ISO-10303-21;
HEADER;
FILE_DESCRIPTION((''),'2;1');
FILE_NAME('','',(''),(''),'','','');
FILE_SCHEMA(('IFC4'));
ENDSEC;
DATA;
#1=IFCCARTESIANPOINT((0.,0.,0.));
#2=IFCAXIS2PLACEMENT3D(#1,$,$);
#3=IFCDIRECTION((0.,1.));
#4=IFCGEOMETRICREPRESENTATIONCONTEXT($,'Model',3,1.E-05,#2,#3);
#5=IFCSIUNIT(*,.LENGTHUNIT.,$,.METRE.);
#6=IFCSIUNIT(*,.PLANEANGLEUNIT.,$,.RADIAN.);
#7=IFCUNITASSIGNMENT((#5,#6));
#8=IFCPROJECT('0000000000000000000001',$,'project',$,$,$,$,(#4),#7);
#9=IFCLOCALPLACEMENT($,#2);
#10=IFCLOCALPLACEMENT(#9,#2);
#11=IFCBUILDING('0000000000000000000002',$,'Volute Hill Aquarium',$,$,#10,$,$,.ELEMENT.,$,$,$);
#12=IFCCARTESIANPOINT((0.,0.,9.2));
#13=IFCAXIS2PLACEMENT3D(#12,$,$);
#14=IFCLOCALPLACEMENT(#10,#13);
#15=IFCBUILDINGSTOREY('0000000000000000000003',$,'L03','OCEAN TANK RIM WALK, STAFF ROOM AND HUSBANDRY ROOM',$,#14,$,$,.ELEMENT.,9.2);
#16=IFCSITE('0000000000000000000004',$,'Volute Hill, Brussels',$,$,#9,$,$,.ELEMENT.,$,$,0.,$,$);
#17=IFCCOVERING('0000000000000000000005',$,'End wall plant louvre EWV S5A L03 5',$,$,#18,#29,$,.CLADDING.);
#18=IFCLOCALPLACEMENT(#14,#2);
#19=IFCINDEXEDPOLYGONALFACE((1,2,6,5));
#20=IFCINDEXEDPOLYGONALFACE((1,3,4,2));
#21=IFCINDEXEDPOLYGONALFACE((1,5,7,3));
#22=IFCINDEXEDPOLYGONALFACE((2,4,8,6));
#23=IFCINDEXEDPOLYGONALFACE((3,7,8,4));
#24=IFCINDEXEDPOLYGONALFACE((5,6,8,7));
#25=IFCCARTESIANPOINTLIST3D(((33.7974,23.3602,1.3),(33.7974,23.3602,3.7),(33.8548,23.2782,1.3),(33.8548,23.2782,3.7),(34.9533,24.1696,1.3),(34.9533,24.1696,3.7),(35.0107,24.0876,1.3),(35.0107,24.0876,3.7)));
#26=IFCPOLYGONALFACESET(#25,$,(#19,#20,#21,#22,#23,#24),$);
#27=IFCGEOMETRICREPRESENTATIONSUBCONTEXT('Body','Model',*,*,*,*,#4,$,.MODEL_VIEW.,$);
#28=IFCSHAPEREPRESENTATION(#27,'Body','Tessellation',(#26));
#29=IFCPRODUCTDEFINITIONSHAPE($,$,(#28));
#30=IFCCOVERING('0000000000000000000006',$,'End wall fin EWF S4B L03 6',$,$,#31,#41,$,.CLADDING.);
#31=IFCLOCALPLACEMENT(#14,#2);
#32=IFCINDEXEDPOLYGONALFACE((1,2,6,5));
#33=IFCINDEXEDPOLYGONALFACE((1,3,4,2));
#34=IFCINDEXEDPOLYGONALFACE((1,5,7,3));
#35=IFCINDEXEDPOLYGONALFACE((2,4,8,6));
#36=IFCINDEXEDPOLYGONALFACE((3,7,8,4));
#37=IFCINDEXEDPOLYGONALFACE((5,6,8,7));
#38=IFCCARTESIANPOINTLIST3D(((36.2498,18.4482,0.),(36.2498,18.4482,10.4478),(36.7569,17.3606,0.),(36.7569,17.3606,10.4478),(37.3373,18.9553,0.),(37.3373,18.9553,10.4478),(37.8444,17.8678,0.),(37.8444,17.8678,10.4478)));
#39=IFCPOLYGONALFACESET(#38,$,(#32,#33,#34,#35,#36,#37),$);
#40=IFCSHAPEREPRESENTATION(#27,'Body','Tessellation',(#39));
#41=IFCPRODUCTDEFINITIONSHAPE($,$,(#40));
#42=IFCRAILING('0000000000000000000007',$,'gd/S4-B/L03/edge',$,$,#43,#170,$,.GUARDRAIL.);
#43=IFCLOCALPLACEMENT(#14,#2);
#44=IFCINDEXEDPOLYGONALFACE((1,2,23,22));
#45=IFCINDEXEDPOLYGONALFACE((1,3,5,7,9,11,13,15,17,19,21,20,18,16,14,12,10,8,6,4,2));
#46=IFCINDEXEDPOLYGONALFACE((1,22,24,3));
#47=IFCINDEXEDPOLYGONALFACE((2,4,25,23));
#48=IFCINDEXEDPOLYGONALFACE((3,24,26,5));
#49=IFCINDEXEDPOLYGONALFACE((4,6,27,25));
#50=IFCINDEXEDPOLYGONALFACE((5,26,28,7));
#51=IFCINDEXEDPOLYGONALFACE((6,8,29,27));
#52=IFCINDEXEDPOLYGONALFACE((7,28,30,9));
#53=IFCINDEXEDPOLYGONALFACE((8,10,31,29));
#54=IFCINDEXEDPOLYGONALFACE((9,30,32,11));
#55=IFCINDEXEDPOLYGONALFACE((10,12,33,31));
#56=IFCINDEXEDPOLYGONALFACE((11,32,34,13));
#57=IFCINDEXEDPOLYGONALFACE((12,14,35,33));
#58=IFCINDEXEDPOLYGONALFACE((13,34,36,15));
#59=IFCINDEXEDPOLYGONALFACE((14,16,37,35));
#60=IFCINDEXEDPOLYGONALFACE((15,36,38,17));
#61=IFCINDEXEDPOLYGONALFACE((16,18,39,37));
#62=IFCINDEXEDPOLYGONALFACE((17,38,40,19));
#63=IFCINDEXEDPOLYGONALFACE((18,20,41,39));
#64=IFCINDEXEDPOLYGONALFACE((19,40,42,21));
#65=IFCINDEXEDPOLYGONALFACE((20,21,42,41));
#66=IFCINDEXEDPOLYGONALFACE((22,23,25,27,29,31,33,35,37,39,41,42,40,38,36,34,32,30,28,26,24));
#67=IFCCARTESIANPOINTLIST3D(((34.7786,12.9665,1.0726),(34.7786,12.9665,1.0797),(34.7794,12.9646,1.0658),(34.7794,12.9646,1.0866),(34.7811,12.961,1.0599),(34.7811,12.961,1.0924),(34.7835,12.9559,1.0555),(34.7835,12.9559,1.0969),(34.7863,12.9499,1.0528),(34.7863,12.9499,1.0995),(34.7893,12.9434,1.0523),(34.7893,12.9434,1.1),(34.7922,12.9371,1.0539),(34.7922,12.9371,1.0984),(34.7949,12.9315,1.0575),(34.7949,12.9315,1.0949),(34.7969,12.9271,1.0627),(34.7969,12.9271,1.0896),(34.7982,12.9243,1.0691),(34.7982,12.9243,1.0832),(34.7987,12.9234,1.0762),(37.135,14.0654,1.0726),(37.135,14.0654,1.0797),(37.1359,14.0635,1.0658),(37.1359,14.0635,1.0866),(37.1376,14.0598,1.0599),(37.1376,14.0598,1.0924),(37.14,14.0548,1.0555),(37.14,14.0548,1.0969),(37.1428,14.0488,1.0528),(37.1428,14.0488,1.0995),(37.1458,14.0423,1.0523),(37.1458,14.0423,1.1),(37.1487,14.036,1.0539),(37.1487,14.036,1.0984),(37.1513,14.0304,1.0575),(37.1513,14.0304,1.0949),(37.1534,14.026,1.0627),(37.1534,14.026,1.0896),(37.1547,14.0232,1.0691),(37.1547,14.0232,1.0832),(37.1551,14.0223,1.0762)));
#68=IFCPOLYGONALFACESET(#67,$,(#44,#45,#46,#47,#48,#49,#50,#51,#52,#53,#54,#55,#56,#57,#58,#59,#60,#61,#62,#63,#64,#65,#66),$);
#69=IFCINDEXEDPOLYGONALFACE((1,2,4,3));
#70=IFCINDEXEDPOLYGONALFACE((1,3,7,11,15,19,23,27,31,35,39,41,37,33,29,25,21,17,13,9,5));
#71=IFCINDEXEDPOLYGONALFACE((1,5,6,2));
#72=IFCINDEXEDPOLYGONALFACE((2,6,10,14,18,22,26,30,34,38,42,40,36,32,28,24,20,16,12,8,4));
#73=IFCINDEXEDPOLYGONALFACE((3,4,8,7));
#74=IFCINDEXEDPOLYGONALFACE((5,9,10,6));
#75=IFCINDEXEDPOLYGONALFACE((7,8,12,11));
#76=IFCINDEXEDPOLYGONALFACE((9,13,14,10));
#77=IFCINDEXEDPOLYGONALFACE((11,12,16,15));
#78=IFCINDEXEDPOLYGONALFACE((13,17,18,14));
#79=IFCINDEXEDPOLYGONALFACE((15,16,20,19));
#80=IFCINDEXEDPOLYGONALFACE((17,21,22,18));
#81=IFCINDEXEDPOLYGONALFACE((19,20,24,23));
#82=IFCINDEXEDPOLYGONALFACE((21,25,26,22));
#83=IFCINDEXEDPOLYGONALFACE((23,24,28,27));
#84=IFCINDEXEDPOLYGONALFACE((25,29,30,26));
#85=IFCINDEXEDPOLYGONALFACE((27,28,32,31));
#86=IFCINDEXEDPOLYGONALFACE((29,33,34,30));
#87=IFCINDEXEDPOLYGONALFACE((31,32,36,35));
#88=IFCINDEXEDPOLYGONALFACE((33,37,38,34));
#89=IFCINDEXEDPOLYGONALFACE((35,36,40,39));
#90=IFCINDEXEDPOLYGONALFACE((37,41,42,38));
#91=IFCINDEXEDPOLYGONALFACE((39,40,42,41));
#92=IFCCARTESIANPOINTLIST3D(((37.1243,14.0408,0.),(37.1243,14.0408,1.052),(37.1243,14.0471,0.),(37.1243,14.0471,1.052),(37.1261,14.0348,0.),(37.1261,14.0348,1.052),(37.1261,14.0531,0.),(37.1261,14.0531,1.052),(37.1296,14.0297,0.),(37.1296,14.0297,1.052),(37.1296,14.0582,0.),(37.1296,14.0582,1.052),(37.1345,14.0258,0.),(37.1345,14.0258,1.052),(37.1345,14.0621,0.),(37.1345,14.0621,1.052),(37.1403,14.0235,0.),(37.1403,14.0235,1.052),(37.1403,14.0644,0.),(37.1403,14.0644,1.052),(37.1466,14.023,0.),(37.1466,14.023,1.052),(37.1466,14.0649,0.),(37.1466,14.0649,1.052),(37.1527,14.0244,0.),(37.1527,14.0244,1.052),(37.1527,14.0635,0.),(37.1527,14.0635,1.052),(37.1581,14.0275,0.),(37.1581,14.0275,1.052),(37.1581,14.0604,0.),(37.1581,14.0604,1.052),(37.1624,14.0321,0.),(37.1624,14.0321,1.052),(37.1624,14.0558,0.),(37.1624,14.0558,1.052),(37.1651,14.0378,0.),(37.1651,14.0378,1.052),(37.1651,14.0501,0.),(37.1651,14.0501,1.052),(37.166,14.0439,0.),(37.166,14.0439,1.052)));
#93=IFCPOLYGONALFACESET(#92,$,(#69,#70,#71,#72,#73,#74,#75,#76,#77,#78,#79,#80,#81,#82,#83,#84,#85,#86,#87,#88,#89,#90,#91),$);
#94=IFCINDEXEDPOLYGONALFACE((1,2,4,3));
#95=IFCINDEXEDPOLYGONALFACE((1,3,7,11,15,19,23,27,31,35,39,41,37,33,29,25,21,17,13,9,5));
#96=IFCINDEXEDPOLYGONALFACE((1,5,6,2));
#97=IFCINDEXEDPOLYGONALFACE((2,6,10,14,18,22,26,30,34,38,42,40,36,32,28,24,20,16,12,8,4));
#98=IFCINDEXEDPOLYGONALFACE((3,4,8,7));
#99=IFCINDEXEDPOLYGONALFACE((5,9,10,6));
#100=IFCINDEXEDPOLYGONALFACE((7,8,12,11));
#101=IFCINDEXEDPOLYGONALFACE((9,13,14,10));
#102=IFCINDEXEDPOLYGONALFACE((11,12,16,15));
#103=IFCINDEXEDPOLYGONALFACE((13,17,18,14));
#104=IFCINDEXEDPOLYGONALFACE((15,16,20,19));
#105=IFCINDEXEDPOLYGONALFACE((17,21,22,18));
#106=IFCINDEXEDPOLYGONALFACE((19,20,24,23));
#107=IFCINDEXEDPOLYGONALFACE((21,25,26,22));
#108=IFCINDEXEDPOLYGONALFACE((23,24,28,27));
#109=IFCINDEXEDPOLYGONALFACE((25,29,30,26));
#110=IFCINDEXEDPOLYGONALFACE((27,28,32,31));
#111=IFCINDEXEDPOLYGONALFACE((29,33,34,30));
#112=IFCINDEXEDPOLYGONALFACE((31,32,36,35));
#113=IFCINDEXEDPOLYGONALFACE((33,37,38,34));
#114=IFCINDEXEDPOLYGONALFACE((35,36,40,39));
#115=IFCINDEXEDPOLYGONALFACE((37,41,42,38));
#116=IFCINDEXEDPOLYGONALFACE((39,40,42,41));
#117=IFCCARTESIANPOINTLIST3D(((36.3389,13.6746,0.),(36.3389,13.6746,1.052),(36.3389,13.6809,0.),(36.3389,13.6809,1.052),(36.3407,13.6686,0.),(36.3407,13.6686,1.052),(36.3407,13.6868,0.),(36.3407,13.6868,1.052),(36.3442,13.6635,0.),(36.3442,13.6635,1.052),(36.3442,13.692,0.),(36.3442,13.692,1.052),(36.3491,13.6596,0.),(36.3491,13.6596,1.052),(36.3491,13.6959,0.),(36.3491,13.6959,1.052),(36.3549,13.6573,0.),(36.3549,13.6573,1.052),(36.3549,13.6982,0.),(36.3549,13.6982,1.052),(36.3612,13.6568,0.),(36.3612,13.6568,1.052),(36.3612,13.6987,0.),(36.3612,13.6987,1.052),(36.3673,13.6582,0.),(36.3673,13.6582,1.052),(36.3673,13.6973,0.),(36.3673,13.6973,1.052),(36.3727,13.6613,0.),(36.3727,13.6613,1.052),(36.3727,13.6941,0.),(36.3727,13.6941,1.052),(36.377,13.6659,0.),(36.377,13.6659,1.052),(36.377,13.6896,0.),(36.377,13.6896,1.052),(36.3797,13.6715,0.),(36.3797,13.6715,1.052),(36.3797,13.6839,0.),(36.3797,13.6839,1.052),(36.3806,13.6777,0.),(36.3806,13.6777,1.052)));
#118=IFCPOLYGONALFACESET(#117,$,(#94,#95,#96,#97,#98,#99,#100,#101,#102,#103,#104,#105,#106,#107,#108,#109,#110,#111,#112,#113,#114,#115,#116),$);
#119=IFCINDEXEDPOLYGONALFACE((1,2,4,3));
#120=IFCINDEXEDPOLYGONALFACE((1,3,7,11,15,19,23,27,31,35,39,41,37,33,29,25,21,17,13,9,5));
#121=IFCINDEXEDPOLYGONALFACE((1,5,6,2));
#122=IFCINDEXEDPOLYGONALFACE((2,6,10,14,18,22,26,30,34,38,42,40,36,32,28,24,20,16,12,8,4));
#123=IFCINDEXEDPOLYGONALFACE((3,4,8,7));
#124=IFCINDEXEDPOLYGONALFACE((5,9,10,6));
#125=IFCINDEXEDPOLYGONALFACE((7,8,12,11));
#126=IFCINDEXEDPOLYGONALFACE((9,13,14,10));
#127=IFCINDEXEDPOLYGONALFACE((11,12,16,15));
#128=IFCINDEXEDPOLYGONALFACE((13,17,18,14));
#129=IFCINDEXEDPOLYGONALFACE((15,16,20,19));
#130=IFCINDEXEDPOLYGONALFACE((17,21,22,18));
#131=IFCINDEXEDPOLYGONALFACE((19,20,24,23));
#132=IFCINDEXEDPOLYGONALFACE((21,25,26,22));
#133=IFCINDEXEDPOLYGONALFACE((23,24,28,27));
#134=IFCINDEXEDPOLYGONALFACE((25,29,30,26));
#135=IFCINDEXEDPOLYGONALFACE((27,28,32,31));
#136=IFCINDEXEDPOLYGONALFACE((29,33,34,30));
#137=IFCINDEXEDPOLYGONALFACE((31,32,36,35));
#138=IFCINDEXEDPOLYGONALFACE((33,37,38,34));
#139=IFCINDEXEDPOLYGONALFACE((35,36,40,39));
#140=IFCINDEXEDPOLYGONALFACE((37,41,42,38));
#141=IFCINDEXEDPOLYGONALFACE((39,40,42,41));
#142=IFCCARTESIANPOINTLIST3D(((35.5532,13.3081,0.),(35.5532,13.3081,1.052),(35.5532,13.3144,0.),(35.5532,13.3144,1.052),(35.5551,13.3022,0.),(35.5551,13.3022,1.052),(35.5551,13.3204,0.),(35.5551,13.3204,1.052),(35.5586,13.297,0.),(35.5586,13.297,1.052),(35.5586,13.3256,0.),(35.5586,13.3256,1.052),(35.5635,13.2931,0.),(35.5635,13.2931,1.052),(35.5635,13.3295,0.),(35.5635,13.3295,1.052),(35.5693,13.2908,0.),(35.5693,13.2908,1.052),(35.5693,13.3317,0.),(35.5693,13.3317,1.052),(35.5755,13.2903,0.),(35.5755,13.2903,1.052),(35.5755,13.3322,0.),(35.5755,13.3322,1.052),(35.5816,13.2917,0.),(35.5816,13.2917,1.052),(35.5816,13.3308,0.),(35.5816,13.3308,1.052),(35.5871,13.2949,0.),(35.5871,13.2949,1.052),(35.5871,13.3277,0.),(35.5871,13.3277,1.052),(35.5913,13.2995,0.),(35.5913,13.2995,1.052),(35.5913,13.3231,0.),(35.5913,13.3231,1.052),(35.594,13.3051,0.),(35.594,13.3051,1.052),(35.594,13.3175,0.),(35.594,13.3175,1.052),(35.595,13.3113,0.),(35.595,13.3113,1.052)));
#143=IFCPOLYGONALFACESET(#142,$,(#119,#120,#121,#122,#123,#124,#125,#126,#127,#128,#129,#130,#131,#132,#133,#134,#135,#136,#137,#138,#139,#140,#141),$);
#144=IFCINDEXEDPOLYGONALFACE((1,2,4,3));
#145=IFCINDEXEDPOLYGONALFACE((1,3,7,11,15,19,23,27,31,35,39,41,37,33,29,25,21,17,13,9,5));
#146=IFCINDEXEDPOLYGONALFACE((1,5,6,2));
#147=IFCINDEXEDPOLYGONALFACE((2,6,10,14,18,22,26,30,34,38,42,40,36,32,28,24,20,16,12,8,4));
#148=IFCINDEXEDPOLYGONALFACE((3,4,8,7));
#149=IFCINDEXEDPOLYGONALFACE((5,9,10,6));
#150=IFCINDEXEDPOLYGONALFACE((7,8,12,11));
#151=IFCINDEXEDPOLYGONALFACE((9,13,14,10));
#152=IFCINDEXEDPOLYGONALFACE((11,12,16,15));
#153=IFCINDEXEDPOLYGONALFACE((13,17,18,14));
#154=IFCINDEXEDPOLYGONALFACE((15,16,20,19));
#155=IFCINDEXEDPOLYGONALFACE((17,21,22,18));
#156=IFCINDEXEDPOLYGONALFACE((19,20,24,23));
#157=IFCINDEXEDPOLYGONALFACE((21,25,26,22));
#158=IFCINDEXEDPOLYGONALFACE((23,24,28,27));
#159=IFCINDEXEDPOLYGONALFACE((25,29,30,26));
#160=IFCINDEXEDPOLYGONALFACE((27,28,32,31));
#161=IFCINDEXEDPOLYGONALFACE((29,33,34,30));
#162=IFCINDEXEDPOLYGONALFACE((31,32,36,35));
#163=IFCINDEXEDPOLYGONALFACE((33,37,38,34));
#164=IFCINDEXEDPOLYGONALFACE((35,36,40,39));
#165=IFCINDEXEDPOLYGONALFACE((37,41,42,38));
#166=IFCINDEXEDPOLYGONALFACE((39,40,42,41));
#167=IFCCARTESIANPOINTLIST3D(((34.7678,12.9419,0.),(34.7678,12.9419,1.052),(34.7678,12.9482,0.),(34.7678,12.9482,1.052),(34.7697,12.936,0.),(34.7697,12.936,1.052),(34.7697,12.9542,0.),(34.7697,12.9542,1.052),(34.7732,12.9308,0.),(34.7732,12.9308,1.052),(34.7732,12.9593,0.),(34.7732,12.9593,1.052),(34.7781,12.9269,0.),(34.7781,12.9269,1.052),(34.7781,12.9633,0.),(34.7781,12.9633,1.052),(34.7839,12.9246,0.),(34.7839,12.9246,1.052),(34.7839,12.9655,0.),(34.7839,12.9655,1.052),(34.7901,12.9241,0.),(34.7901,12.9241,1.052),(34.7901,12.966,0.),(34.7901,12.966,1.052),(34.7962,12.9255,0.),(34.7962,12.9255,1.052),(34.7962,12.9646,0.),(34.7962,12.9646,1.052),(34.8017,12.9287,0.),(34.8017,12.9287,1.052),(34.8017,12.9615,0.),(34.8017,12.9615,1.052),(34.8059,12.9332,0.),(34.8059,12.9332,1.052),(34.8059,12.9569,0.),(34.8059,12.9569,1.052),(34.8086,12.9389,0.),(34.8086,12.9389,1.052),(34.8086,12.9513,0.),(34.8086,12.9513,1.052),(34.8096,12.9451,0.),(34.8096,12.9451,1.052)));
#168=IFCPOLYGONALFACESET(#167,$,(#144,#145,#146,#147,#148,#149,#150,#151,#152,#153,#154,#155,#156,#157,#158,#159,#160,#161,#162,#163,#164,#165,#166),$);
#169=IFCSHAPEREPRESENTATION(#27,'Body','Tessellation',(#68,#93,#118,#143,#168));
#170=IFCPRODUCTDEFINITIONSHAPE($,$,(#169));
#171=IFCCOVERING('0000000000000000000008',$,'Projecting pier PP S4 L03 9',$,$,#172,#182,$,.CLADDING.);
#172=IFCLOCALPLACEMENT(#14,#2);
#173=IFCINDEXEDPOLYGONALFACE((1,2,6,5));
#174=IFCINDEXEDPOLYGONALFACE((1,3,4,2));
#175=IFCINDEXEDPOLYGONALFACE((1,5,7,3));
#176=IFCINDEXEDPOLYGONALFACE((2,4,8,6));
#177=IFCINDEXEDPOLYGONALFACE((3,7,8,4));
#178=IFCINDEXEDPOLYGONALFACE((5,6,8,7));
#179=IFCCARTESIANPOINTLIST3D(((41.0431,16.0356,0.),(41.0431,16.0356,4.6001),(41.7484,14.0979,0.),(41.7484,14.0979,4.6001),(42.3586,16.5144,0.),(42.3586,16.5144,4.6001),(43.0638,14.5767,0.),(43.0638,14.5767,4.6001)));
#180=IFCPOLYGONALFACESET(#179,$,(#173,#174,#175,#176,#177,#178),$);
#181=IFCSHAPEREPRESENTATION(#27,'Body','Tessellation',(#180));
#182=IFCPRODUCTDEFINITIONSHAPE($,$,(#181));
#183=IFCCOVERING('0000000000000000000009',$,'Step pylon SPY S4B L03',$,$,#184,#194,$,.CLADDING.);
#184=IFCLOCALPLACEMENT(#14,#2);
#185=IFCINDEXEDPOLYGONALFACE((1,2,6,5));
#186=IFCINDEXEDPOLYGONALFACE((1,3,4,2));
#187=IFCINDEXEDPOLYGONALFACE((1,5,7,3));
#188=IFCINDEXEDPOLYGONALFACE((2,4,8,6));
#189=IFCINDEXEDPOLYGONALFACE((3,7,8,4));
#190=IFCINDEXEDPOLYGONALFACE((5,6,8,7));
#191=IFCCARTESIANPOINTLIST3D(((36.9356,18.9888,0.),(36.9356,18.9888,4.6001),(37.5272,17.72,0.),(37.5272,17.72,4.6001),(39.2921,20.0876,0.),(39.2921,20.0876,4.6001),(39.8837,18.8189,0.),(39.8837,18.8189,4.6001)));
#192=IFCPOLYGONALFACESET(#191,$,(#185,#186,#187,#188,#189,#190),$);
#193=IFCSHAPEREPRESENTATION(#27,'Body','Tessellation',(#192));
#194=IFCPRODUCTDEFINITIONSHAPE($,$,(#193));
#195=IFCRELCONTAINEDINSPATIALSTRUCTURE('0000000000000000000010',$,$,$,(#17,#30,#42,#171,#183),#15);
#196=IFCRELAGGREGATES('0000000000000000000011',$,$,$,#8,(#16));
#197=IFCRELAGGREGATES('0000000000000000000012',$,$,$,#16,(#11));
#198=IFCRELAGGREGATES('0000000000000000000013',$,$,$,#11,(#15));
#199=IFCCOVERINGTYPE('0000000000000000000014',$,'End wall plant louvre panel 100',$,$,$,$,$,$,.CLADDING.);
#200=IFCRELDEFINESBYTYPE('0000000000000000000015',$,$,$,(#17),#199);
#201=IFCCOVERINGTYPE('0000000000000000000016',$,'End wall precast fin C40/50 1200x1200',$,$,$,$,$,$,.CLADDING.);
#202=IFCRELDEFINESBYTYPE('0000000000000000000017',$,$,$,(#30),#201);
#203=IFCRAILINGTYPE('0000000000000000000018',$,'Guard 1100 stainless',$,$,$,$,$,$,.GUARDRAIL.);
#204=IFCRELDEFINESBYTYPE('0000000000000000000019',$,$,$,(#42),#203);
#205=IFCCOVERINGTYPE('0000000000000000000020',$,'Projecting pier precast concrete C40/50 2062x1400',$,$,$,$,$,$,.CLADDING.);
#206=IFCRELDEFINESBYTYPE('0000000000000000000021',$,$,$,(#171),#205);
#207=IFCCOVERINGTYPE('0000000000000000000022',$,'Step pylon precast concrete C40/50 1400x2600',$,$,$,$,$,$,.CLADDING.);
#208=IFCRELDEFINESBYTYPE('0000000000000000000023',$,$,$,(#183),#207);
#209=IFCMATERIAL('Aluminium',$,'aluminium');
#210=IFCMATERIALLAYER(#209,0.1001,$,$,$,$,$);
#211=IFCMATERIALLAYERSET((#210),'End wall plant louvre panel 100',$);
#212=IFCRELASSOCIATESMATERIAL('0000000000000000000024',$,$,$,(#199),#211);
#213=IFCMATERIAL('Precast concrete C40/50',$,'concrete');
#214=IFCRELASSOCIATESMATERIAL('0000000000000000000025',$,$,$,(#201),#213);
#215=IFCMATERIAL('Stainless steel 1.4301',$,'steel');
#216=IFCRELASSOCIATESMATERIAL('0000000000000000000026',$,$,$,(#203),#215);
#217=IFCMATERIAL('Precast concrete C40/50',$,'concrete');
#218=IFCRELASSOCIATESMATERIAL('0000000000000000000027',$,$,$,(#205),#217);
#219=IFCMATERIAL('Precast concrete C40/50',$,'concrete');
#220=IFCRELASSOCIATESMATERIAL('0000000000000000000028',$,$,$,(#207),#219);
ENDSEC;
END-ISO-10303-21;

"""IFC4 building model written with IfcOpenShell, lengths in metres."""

from ifc_helpers import new_model, si_unit, direction, frame, origin, origin_2d, place, context, subcontext, project, spatial, rectangle, circle, extrude, material, layer, layer_set, type_object, element, save


model = new_model("IFC4")

# Units and contexts
model_context = context("Model", 3, precision=1e-05, world=origin(), true_north=direction((0.0, 1.0)))
body_context = subcontext(model_context, "Body", "Model", "MODEL_VIEW")
ifc_project = project(units=[si_unit("LENGTHUNIT", "METRE"), si_unit("PLANEANGLEUNIT", "RADIAN")], contexts=[model_context])

# Site, building, storey
site_placement = place(None, origin())
site = spatial("IfcSite", under=ifc_project, at=site_placement, Name="Volute Hill, Brussels", CompositionType="ELEMENT", RefElevation=0.0)
building_placement = place(site_placement, origin())
building = spatial("IfcBuilding", under=site, at=building_placement, Name="Volute Hill Aquarium", CompositionType="ELEMENT")
storey_placement = place(building_placement, frame((0.0, 0.0, 9.2)))
storey = spatial("IfcBuildingStorey", under=building, at=storey_placement, Name="L03", Description="OCEAN TANK RIM WALK, STAFF ROOM AND HUSBANDRY ROOM", CompositionType="ELEMENT", Elevation=9.2)

# Coverings
ifc_material_1 = material(Name="Aluminium", Category="aluminium")
ifc_layer_1 = layer(ifc_material_1, 0.1001)
ifc_layer_set_1 = layer_set([ifc_layer_1], Name="End wall plant louvre panel 100")
covering_type_1 = type_object("IfcCoveringType", Name="End wall plant louvre panel 100", PredefinedType="CLADDING", material=ifc_layer_set_1)
covering_1_placement = place(storey_placement, frame((34.4041, 23.7239, 1.3), z_axis=(0.0, 0.0, 1.0), x_axis=(0.81915, 0.573579, 0.0)))
element("IfcCovering", 1, at=covering_1_placement, inside=storey, type_object=covering_type_1, Name="End wall plant louvre EWV S5A L03 5", PredefinedType="CLADDING", context=body_context, shape_type="SweptSolid", body=[
    extrude(rectangle(XDim=1.4111, YDim=0.1001, at=origin_2d()), origin(), (0.0, 0.0, 1.0), 2.3999),
])
ifc_material_2 = material(Name="Precast concrete C40/50", Category="concrete")
covering_type_2 = type_object("IfcCoveringType", Name="End wall precast fin C40/50 1200x1200", PredefinedType="CLADDING", material=ifc_material_2)
covering_2_placement = place(storey_placement, frame((37.0471, 18.158, 0.0), z_axis=(0.0, 0.0, 1.0), x_axis=(0.906307, 0.42262, 0.0)))
element("IfcCovering", 2, at=covering_2_placement, inside=storey, type_object=covering_type_2, Name="End wall fin EWF S4B L03 6", PredefinedType="CLADDING", context=body_context, shape_type="SweptSolid", body=[
    extrude(rectangle(XDim=1.2, YDim=1.2, at=origin_2d()), origin(), (0.0, 0.0, 1.0), 10.4478),
])

# Railing
ifc_material_3 = material(Name="Stainless steel 1.4301", Category="steel")
railing_type = type_object("IfcRailingType", Name="Guard 1100 stainless", PredefinedType="GUARDRAIL", material=ifc_material_3)
railing_placement = place(storey_placement, frame((37.145, 14.0439, 0.0)))
element("IfcRailing", 3, at=railing_placement, inside=storey, type_object=railing_type, Name="gd/S4-B/L03/edge", PredefinedType="GUARDRAIL", context=body_context, shape_type="SweptSolid", body=[
    extrude(circle(Radius=0.0239, at=origin_2d()), frame((0.0, 0.0, 1.0762), z_axis=(-0.906301, -0.422634, 0.0), x_axis=(0.422634, -0.906301, 0.0)), (0.0, 0.0, 1.0), 2.6001),
    extrude(circle(Radius=0.021, at=origin_2d()), origin(), (0.0, 0.0, 1.0), 1.052),
    extrude(circle(Radius=0.021, at=origin_2d()), frame((-0.7854, -0.3662, 0.0)), (0.0, 0.0, 1.0), 1.052),
    extrude(circle(Radius=0.021, at=origin_2d()), frame((-1.571, -0.7327, 0.0)), (0.0, 0.0, 1.0), 1.052),
    extrude(circle(Radius=0.021, at=origin_2d()), frame((-2.3564, -1.0989, 0.0)), (0.0, 0.0, 1.0), 1.052),
])

# Coverings
ifc_material_4 = material(Name="Precast concrete C40/50", Category="concrete")
covering_type_3 = type_object("IfcCoveringType", Name="Projecting pier precast concrete C40/50 2062x1400", PredefinedType="CLADDING", material=ifc_material_4)
covering_3_placement = place(storey_placement, frame((42.0535, 15.3062, 0.0), z_axis=(0.0, 0.0, 1.0), x_axis=(-0.34202, 0.939693, 0.0)))
element("IfcCovering", 4, at=covering_3_placement, inside=storey, type_object=covering_type_3, Name="Projecting pier PP S4 L03 9", PredefinedType="CLADDING", context=body_context, shape_type="SweptSolid", body=[
    extrude(rectangle(XDim=2.062, YDim=1.3999, at=origin_2d()), origin(), (0.0, 0.0, 1.0), 4.6001),
])
ifc_material_5 = material(Name="Precast concrete C40/50", Category="concrete")
covering_type_4 = type_object("IfcCoveringType", Name="Step pylon precast concrete C40/50 1400x2600", PredefinedType="CLADDING", material=ifc_material_5)
covering_4_placement = place(storey_placement, frame((38.4097, 18.9038, 0.0), z_axis=(0.0, 0.0, 1.0), x_axis=(0.906308, 0.422618, 0.0)))
element("IfcCovering", 5, at=covering_4_placement, inside=storey, type_object=covering_type_4, Name="Step pylon SPY S4B L03", PredefinedType="CLADDING", context=body_context, shape_type="SweptSolid", body=[
    extrude(rectangle(XDim=2.6001, YDim=1.3999, at=origin_2d()), origin(), (0.0, 0.0, 1.0), 4.6001),
])

save(model, "model.ifc")
